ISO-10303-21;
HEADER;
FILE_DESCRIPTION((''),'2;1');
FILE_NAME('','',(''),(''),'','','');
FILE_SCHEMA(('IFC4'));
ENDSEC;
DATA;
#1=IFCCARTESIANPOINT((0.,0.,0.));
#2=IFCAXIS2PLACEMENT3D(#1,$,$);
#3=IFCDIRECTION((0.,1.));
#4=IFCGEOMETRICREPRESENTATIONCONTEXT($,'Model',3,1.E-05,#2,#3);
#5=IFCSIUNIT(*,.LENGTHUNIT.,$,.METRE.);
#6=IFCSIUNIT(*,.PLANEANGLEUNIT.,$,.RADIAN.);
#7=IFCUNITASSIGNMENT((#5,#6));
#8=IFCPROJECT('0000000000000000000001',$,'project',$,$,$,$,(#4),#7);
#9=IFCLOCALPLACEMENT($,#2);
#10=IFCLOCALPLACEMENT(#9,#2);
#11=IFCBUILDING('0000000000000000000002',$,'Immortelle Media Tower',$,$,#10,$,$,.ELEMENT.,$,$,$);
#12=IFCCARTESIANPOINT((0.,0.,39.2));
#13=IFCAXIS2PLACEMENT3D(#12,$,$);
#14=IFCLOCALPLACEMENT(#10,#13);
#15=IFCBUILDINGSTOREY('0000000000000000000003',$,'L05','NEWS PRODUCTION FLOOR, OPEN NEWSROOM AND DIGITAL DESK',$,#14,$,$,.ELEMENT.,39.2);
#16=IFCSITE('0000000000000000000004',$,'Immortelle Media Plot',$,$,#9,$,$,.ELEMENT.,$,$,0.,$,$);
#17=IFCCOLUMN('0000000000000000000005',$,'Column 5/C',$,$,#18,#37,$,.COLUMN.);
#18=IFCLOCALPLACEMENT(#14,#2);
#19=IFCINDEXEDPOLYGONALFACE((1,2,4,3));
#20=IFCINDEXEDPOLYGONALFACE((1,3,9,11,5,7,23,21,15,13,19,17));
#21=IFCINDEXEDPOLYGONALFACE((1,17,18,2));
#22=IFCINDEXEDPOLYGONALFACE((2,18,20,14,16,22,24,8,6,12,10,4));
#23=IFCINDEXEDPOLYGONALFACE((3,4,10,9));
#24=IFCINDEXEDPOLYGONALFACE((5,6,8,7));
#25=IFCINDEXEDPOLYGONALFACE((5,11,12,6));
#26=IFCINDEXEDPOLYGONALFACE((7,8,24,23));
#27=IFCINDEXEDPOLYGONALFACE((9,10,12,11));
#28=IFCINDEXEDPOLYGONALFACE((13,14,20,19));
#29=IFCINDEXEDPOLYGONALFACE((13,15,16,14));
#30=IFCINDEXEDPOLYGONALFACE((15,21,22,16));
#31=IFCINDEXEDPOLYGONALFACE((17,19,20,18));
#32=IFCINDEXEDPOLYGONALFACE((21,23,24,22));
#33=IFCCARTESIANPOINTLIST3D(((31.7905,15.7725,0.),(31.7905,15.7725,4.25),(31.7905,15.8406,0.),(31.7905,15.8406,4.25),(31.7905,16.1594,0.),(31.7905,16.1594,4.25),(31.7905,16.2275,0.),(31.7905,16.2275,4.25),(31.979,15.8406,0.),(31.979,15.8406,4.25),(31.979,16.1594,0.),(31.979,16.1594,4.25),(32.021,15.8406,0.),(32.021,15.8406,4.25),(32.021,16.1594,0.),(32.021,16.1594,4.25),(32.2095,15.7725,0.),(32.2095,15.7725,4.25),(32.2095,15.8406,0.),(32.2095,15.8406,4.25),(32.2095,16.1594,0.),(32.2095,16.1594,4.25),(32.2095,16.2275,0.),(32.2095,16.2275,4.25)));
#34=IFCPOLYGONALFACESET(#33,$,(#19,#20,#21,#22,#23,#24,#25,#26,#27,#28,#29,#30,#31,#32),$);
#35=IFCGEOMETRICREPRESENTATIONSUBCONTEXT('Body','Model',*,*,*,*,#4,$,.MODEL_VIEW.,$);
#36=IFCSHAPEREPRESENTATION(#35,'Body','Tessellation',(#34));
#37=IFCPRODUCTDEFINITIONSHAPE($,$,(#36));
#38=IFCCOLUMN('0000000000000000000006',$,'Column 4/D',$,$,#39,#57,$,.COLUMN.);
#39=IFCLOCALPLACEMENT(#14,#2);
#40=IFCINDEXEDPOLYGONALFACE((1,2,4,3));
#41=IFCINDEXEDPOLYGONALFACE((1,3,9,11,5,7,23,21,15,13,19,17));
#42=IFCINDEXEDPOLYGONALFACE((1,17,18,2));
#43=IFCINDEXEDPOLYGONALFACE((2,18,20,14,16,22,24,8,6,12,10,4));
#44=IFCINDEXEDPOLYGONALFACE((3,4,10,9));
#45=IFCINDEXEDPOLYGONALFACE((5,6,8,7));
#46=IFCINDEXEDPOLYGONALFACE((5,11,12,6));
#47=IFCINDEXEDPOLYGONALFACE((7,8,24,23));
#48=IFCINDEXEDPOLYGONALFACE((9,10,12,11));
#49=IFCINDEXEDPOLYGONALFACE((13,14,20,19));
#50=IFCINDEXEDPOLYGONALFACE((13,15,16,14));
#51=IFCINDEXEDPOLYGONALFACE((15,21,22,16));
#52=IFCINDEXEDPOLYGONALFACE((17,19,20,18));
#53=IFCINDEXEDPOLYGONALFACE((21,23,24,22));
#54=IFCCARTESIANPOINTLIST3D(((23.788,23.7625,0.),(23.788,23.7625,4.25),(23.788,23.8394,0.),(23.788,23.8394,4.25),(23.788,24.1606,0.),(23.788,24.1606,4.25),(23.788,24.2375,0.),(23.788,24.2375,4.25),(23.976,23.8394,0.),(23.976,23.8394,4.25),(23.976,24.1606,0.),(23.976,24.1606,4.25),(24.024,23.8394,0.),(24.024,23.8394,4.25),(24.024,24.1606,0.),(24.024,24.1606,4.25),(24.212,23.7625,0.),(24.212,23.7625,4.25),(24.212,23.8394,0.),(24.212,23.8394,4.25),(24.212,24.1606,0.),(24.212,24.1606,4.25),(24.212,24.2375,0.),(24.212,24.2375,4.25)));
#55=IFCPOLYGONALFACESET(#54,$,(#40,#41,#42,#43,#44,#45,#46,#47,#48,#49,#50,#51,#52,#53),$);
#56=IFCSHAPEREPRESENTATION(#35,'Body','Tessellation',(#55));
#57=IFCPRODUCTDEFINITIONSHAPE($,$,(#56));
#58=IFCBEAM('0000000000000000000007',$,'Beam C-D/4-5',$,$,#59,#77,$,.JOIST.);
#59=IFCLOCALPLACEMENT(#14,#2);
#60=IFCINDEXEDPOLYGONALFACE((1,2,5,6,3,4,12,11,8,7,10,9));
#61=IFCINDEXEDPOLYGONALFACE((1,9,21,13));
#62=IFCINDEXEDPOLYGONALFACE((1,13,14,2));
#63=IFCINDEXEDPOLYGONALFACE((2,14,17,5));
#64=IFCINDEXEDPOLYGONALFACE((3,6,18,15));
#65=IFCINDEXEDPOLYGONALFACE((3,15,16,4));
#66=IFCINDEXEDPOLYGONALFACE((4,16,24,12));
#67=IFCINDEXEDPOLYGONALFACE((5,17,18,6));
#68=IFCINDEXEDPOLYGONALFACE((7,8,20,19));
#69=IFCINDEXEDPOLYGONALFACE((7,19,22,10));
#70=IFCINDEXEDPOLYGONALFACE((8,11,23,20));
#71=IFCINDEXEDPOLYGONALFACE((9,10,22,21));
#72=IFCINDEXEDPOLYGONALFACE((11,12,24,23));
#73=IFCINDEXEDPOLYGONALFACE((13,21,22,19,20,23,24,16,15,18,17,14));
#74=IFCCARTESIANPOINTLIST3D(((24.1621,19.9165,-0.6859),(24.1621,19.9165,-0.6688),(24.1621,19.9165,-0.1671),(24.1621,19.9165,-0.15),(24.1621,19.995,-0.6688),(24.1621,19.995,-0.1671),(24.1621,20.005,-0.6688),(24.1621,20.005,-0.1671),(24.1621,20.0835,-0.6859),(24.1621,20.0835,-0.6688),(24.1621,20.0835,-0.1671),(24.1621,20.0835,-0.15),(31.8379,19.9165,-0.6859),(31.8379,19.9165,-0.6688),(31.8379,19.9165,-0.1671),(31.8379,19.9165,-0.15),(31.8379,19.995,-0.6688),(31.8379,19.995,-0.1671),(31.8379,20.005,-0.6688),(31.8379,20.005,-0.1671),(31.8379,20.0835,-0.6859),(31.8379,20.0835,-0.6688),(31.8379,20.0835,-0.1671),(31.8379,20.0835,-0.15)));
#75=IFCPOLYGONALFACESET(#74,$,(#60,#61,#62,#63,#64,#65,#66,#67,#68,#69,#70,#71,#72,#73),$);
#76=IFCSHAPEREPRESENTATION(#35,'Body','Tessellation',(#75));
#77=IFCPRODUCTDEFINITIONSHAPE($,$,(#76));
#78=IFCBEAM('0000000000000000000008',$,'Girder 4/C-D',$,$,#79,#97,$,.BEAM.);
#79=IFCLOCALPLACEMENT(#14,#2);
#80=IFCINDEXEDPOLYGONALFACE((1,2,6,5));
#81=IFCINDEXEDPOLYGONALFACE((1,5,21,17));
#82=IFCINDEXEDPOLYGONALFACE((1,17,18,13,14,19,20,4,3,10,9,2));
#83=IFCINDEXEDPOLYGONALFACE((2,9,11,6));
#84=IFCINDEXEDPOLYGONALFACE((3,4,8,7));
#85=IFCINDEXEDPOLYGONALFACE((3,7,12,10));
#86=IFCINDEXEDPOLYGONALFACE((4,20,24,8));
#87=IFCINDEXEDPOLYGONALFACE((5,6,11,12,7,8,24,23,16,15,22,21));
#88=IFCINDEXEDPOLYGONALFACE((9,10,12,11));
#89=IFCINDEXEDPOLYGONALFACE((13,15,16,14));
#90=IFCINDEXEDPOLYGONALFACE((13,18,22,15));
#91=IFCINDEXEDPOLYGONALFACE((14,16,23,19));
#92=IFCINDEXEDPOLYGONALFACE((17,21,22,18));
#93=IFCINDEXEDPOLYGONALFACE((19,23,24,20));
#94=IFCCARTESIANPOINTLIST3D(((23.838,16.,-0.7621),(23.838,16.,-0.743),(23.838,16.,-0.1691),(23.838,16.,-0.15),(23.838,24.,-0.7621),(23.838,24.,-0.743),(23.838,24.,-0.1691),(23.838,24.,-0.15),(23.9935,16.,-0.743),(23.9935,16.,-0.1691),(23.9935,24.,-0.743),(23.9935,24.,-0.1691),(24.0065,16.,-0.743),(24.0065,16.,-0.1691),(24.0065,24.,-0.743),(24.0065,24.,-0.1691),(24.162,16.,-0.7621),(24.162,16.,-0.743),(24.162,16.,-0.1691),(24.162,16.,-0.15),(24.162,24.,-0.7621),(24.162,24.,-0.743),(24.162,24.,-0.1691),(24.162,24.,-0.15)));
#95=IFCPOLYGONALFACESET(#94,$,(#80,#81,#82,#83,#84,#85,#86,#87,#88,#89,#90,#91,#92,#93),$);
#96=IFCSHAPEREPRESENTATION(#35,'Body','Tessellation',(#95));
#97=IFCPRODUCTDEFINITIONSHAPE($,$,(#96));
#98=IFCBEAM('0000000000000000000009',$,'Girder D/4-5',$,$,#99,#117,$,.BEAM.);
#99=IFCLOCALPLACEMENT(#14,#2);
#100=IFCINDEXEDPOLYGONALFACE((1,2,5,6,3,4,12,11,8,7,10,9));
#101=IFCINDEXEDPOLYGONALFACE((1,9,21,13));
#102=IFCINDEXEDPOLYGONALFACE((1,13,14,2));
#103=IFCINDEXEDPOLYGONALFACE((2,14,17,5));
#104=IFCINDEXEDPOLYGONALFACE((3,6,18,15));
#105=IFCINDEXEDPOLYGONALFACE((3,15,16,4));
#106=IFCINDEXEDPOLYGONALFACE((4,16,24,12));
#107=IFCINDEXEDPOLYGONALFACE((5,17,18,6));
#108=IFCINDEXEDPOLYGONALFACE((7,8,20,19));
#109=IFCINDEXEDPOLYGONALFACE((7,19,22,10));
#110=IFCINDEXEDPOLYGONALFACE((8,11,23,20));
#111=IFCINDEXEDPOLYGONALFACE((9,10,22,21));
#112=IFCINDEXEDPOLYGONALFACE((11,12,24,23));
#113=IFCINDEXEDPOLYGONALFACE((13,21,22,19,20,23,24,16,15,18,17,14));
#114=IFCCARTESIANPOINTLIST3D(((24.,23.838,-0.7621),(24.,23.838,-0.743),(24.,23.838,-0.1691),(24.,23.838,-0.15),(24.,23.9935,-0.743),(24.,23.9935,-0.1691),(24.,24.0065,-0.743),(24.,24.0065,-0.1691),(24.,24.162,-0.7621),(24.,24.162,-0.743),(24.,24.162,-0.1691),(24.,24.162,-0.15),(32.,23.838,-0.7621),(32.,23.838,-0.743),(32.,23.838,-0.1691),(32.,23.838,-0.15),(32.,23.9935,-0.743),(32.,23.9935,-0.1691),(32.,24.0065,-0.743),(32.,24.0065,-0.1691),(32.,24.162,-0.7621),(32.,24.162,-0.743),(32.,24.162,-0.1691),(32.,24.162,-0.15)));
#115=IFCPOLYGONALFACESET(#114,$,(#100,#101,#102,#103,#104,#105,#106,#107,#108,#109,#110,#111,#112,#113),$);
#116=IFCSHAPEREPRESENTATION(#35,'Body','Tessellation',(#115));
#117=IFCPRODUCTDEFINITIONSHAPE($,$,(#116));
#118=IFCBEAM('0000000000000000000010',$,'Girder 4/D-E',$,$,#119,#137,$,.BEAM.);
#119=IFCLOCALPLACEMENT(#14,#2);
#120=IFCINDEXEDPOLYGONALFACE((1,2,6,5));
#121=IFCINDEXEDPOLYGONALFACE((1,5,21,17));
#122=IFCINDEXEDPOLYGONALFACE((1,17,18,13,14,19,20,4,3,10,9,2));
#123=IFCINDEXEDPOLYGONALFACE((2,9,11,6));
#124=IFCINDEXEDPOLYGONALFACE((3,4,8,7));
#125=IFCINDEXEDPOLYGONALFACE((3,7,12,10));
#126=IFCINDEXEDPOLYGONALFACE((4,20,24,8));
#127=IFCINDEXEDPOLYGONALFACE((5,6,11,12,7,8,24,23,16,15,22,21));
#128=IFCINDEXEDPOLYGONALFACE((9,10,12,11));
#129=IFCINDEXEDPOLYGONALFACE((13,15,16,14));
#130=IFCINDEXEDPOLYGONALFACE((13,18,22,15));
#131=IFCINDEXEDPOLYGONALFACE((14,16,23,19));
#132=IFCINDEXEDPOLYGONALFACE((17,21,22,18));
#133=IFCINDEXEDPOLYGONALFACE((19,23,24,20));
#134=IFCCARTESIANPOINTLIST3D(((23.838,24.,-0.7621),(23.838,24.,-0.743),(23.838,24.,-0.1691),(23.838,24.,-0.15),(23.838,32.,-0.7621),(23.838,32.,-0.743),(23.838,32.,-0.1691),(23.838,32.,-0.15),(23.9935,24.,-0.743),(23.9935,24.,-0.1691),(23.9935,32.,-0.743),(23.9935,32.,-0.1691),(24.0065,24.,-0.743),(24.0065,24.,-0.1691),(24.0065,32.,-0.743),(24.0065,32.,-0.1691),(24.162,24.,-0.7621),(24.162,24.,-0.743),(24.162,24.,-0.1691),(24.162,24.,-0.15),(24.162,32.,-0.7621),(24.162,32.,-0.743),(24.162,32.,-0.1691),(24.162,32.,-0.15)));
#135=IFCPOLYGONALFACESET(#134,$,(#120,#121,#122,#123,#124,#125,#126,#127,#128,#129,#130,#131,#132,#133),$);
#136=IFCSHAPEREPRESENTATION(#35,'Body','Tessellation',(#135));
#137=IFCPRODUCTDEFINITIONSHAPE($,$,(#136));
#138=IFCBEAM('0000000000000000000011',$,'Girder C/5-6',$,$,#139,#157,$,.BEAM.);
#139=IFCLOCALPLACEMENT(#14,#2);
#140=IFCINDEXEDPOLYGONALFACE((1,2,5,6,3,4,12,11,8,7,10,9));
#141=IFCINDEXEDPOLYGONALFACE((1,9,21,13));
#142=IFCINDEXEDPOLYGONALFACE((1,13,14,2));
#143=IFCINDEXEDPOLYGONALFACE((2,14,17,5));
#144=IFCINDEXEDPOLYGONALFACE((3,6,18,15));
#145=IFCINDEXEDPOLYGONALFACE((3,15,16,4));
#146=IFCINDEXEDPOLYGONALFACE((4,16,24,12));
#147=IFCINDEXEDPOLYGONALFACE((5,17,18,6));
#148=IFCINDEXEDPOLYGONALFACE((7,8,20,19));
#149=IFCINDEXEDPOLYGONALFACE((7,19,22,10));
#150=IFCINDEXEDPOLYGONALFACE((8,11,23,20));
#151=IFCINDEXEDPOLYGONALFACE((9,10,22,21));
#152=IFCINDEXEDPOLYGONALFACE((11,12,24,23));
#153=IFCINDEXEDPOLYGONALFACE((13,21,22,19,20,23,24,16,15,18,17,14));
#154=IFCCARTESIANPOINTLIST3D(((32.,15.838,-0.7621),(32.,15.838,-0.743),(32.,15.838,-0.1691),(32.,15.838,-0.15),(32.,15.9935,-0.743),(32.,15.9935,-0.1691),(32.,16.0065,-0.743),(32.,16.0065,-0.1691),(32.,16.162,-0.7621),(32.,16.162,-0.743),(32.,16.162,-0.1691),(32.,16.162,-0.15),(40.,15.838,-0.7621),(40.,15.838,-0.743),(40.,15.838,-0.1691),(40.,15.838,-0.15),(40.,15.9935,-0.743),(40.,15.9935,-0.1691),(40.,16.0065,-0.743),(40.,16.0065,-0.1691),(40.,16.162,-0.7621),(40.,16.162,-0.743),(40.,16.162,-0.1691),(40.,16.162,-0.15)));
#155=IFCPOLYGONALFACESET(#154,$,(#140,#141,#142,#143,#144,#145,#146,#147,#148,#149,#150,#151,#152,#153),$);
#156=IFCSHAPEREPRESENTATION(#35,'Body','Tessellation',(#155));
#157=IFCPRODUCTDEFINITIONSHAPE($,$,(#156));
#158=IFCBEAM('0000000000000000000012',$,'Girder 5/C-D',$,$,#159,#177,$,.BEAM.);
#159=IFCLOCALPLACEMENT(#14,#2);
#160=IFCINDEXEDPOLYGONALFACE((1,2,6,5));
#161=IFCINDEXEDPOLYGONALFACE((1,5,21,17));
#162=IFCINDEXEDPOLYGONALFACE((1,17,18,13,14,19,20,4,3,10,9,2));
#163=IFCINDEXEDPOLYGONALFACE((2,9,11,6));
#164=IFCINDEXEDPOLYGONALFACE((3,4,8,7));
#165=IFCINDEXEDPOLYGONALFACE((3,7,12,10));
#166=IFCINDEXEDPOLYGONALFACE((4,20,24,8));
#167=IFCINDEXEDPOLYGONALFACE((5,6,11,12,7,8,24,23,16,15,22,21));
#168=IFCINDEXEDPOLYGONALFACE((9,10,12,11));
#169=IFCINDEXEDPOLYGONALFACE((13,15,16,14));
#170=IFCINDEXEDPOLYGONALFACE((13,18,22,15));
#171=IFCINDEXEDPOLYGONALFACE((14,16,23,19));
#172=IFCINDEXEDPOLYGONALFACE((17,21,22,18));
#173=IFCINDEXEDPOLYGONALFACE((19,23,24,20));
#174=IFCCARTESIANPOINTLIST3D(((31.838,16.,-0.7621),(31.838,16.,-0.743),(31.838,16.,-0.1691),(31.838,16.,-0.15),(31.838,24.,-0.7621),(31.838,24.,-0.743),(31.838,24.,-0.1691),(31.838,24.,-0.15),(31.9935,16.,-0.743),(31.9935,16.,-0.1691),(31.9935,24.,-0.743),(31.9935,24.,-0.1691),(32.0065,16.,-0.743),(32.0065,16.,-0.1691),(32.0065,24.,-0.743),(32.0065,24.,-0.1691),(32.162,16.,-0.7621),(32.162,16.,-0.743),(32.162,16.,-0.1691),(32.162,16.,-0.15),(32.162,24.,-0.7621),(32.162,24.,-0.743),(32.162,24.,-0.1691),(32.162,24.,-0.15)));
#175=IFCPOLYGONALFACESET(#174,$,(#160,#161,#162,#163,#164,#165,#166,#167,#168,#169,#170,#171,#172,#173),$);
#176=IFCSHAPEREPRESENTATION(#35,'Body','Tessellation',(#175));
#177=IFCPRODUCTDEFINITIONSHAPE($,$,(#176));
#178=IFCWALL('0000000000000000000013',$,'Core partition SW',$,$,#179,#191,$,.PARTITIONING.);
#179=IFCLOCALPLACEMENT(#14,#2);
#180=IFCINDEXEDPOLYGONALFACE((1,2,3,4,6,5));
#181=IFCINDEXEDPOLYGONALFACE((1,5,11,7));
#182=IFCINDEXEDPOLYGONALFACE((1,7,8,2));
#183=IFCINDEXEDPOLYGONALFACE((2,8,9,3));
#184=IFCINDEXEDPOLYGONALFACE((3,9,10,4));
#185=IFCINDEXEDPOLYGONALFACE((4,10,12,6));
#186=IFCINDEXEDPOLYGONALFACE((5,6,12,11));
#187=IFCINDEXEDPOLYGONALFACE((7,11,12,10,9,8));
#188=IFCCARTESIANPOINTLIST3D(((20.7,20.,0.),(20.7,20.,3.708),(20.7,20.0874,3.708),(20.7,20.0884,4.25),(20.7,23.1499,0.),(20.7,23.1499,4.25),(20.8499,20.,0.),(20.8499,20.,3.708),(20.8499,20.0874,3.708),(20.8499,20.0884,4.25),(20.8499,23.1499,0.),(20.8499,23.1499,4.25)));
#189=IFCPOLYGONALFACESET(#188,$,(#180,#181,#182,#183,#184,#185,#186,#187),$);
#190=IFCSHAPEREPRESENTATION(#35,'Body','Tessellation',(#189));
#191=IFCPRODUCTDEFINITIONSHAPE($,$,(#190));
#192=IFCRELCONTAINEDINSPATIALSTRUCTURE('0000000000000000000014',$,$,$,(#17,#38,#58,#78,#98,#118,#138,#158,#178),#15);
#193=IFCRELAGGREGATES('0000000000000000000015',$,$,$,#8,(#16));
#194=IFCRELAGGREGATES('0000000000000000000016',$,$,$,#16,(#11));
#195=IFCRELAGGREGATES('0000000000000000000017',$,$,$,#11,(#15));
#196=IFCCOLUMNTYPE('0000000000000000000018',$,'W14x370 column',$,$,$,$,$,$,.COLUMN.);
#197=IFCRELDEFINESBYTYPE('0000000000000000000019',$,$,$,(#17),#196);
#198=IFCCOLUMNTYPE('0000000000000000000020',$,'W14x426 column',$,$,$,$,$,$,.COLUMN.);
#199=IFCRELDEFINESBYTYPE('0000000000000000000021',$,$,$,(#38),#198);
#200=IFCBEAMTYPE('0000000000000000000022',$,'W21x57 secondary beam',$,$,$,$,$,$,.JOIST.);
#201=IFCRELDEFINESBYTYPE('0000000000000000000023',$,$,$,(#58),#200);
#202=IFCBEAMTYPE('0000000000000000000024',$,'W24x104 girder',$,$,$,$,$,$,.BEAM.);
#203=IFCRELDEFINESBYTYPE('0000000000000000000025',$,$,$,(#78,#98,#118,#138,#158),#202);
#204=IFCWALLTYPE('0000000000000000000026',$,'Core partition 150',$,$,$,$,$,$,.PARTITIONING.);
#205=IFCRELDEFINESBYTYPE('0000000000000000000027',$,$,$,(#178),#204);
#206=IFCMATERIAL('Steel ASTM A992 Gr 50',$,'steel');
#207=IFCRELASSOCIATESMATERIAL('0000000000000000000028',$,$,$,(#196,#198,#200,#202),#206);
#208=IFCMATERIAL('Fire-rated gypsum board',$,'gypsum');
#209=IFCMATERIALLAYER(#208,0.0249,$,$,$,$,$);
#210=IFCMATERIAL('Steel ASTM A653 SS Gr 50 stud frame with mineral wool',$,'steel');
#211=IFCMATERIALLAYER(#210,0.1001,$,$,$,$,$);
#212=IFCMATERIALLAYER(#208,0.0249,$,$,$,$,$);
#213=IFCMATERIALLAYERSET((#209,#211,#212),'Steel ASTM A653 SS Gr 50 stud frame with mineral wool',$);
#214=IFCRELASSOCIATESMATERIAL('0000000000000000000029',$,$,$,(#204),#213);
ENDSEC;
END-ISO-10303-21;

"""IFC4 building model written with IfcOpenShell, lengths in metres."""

from ifc_helpers import new_model, si_unit, direction, frame, origin, origin_2d, place, context, subcontext, project, spatial, polyline, i_section, outline, extrude, material, layer, layer_set, material_profile, profile_set, type_object, element, save


model = new_model("IFC4")

# Units and contexts
model_context = context("Model", 3, precision=1e-05, world=origin(), true_north=direction((0.0, 1.0)))
body_context = subcontext(model_context, "Body", "Model", "MODEL_VIEW")
ifc_project = project(units=[si_unit("LENGTHUNIT", "METRE"), si_unit("PLANEANGLEUNIT", "RADIAN")], contexts=[model_context])

# Site, building, storey
site_placement = place(None, origin())
site = spatial("IfcSite", under=ifc_project, at=site_placement, Name="Immortelle Media Plot", CompositionType="ELEMENT", RefElevation=0.0)
building_placement = place(site_placement, origin())
building = spatial("IfcBuilding", under=site, at=building_placement, Name="Immortelle Media Tower", CompositionType="ELEMENT")
storey_placement = place(building_placement, frame((0.0, 0.0, 39.2)))
storey = spatial("IfcBuildingStorey", under=building, at=storey_placement, Name="L05", Description="NEWS PRODUCTION FLOOR, OPEN NEWSROOM AND DIGITAL DESK", CompositionType="ELEMENT", Elevation=39.2)

# Columns
ifc_material_1 = material(Name="Steel ASTM A992 Gr 50", Category="steel")
ifc_material_profile_1 = material_profile(ifc_material_1, i_section(OverallWidth=0.4189, OverallDepth=0.4551, WebThickness=0.042, FlangeThickness=0.0681, at=origin_2d()), Name="W14x370")
ifc_profile_set_1 = profile_set([ifc_material_profile_1], Name="Steel ASTM A992 Gr 50")
column_type_1 = type_object("IfcColumnType", Name="W14x370 column", PredefinedType="COLUMN", material=ifc_profile_set_1)
column_1_placement = place(storey_placement, frame((32.0, 16.0, 0.0), z_axis=(0.0, 0.0, 1.0), x_axis=(1.0, 0.0, 0.0)))
element("IfcColumn", 1, at=column_1_placement, inside=storey, type_object=column_type_1, Name="Column 5/C", PredefinedType="COLUMN", context=body_context, shape_type="SweptSolid", body=[
    extrude(i_section(OverallWidth=0.4189, OverallDepth=0.4551, WebThickness=0.042, FlangeThickness=0.0681, at=origin_2d()), origin(), (0.0, 0.0, 1.0), 4.25),
])
ifc_material_profile_2 = material_profile(ifc_material_1, i_section(OverallWidth=0.4241, OverallDepth=0.4751, WebThickness=0.0481, FlangeThickness=0.0769, at=origin_2d()), Name="W14x426")
ifc_profile_set_2 = profile_set([ifc_material_profile_2], Name="Steel ASTM A992 Gr 50")
column_type_2 = type_object("IfcColumnType", Name="W14x426 column", PredefinedType="COLUMN", material=ifc_profile_set_2)
column_2_placement = place(storey_placement, frame((24.0, 24.0, 0.0), z_axis=(0.0, 0.0, 1.0), x_axis=(1.0, 0.0, 0.0)))
element("IfcColumn", 2, at=column_2_placement, inside=storey, type_object=column_type_2, Name="Column 4/D", PredefinedType="COLUMN", context=body_context, shape_type="SweptSolid", body=[
    extrude(i_section(OverallWidth=0.4241, OverallDepth=0.4751, WebThickness=0.0481, FlangeThickness=0.0769, at=origin_2d()), origin(), (0.0, 0.0, 1.0), 4.25),
])

# Beams
ifc_material_profile_3 = material_profile(ifc_material_1, i_section(OverallWidth=0.167, OverallDepth=0.5359, WebThickness=0.01, FlangeThickness=0.0171, at=origin_2d()), Name="W21x57")
ifc_profile_set_3 = profile_set([ifc_material_profile_3], Name="Steel ASTM A992 Gr 50")
beam_type_1 = type_object("IfcBeamType", Name="W21x57 secondary beam", PredefinedType="JOIST", material=ifc_profile_set_3)
beam_placement = place(storey_placement, frame((24.1621, 20.0, -0.418), z_axis=(1.0, 0.0, 0.0), x_axis=(0.0, 1.0, 0.0)))
element("IfcBeam", 3, at=beam_placement, inside=storey, type_object=beam_type_1, Name="Beam C-D/4-5", PredefinedType="JOIST", context=body_context, shape_type="SweptSolid", body=[
    extrude(i_section(OverallWidth=0.167, OverallDepth=0.5359, WebThickness=0.01, FlangeThickness=0.0171, at=origin_2d()), origin(), (0.0, 0.0, 1.0), 7.6758),
])
ifc_material_profile_4 = material_profile(ifc_material_1, i_section(OverallWidth=0.324, OverallDepth=0.6121, WebThickness=0.0129, FlangeThickness=0.019, at=origin_2d()), Name="W24x104")
ifc_profile_set_4 = profile_set([ifc_material_profile_4], Name="Steel ASTM A992 Gr 50")
beam_type_2 = type_object("IfcBeamType", Name="W24x104 girder", PredefinedType="BEAM", material=ifc_profile_set_4)
for number, where, z_axis, x_axis, name in (
    (4, (24.0, 16.0, -0.4561), (0.0, 1.0, 0.0), (-1.0, 0.0, 0.0), "Girder 4/C-D"),
    (5, (24.0, 24.0, -0.4561), (1.0, 0.0, 0.0), (0.0, 1.0, 0.0), "Girder D/4-5"),
    (6, (24.0, 24.0, -0.4561), (0.0, 1.0, 0.0), (-1.0, 0.0, 0.0), "Girder 4/D-E"),
    (7, (32.0, 16.0, -0.4561), (1.0, 0.0, 0.0), (0.0, 1.0, 0.0), "Girder C/5-6"),
    (8, (32.0, 16.0, -0.4561), (0.0, 1.0, 0.0), (-1.0, 0.0, 0.0), "Girder 5/C-D"),
):
    element("IfcBeam", number, at=place(storey_placement, frame(where, z_axis=z_axis, x_axis=x_axis)), inside=storey, type_object=beam_type_2, Name=name, PredefinedType="BEAM", context=body_context, shape_type="SweptSolid", body=[
        extrude(i_section(OverallWidth=0.324, OverallDepth=0.6121, WebThickness=0.0129, FlangeThickness=0.019, at=origin_2d()), origin(), (0.0, 0.0, 1.0), 8.0),
    ])

# Wall
ifc_material_2 = material(Name="Fire-rated gypsum board", Category="gypsum")
ifc_layer_1 = layer(ifc_material_2, 0.0249)
ifc_material_3 = material(Name="Steel ASTM A653 SS Gr 50 stud frame with mineral wool", Category="steel")
ifc_layer_2 = layer(ifc_material_3, 0.1001)
ifc_layer_3 = layer(ifc_material_2, 0.0249)
ifc_layer_set_1 = layer_set([ifc_layer_1, ifc_layer_2, ifc_layer_3], Name="Steel ASTM A653 SS Gr 50 stud frame with mineral wool")
wall_type_1 = type_object("IfcWallType", Name="Core partition 150", PredefinedType="PARTITIONING", material=ifc_layer_set_1)
wall_1_placement = place(storey_placement, frame((20.7749, 20.0, 0.0), z_axis=(0.0, 0.0, 1.0), x_axis=(0.0, 1.0, 0.0)))
element("IfcWall", 9, at=wall_1_placement, inside=storey, type_object=wall_type_1, Name="Core partition SW", PredefinedType="PARTITIONING", context=body_context, shape_type="SweptSolid", body=[
    extrude(outline(polyline([(0.0, 0.0), (3.1499, 0.0), (3.1499, 4.25), (0.0884, 4.25), (0.0874, 3.708), (0.0, 3.708), (0.0, 0.0)])), frame((0.0, 0.075, 0.0), z_axis=(0.0, -1.0, 0.0), x_axis=(1.0, 0.0, 0.0)), (0.0, 0.0, 1.0), 0.1499),
])

save(model, "model.ifc")
